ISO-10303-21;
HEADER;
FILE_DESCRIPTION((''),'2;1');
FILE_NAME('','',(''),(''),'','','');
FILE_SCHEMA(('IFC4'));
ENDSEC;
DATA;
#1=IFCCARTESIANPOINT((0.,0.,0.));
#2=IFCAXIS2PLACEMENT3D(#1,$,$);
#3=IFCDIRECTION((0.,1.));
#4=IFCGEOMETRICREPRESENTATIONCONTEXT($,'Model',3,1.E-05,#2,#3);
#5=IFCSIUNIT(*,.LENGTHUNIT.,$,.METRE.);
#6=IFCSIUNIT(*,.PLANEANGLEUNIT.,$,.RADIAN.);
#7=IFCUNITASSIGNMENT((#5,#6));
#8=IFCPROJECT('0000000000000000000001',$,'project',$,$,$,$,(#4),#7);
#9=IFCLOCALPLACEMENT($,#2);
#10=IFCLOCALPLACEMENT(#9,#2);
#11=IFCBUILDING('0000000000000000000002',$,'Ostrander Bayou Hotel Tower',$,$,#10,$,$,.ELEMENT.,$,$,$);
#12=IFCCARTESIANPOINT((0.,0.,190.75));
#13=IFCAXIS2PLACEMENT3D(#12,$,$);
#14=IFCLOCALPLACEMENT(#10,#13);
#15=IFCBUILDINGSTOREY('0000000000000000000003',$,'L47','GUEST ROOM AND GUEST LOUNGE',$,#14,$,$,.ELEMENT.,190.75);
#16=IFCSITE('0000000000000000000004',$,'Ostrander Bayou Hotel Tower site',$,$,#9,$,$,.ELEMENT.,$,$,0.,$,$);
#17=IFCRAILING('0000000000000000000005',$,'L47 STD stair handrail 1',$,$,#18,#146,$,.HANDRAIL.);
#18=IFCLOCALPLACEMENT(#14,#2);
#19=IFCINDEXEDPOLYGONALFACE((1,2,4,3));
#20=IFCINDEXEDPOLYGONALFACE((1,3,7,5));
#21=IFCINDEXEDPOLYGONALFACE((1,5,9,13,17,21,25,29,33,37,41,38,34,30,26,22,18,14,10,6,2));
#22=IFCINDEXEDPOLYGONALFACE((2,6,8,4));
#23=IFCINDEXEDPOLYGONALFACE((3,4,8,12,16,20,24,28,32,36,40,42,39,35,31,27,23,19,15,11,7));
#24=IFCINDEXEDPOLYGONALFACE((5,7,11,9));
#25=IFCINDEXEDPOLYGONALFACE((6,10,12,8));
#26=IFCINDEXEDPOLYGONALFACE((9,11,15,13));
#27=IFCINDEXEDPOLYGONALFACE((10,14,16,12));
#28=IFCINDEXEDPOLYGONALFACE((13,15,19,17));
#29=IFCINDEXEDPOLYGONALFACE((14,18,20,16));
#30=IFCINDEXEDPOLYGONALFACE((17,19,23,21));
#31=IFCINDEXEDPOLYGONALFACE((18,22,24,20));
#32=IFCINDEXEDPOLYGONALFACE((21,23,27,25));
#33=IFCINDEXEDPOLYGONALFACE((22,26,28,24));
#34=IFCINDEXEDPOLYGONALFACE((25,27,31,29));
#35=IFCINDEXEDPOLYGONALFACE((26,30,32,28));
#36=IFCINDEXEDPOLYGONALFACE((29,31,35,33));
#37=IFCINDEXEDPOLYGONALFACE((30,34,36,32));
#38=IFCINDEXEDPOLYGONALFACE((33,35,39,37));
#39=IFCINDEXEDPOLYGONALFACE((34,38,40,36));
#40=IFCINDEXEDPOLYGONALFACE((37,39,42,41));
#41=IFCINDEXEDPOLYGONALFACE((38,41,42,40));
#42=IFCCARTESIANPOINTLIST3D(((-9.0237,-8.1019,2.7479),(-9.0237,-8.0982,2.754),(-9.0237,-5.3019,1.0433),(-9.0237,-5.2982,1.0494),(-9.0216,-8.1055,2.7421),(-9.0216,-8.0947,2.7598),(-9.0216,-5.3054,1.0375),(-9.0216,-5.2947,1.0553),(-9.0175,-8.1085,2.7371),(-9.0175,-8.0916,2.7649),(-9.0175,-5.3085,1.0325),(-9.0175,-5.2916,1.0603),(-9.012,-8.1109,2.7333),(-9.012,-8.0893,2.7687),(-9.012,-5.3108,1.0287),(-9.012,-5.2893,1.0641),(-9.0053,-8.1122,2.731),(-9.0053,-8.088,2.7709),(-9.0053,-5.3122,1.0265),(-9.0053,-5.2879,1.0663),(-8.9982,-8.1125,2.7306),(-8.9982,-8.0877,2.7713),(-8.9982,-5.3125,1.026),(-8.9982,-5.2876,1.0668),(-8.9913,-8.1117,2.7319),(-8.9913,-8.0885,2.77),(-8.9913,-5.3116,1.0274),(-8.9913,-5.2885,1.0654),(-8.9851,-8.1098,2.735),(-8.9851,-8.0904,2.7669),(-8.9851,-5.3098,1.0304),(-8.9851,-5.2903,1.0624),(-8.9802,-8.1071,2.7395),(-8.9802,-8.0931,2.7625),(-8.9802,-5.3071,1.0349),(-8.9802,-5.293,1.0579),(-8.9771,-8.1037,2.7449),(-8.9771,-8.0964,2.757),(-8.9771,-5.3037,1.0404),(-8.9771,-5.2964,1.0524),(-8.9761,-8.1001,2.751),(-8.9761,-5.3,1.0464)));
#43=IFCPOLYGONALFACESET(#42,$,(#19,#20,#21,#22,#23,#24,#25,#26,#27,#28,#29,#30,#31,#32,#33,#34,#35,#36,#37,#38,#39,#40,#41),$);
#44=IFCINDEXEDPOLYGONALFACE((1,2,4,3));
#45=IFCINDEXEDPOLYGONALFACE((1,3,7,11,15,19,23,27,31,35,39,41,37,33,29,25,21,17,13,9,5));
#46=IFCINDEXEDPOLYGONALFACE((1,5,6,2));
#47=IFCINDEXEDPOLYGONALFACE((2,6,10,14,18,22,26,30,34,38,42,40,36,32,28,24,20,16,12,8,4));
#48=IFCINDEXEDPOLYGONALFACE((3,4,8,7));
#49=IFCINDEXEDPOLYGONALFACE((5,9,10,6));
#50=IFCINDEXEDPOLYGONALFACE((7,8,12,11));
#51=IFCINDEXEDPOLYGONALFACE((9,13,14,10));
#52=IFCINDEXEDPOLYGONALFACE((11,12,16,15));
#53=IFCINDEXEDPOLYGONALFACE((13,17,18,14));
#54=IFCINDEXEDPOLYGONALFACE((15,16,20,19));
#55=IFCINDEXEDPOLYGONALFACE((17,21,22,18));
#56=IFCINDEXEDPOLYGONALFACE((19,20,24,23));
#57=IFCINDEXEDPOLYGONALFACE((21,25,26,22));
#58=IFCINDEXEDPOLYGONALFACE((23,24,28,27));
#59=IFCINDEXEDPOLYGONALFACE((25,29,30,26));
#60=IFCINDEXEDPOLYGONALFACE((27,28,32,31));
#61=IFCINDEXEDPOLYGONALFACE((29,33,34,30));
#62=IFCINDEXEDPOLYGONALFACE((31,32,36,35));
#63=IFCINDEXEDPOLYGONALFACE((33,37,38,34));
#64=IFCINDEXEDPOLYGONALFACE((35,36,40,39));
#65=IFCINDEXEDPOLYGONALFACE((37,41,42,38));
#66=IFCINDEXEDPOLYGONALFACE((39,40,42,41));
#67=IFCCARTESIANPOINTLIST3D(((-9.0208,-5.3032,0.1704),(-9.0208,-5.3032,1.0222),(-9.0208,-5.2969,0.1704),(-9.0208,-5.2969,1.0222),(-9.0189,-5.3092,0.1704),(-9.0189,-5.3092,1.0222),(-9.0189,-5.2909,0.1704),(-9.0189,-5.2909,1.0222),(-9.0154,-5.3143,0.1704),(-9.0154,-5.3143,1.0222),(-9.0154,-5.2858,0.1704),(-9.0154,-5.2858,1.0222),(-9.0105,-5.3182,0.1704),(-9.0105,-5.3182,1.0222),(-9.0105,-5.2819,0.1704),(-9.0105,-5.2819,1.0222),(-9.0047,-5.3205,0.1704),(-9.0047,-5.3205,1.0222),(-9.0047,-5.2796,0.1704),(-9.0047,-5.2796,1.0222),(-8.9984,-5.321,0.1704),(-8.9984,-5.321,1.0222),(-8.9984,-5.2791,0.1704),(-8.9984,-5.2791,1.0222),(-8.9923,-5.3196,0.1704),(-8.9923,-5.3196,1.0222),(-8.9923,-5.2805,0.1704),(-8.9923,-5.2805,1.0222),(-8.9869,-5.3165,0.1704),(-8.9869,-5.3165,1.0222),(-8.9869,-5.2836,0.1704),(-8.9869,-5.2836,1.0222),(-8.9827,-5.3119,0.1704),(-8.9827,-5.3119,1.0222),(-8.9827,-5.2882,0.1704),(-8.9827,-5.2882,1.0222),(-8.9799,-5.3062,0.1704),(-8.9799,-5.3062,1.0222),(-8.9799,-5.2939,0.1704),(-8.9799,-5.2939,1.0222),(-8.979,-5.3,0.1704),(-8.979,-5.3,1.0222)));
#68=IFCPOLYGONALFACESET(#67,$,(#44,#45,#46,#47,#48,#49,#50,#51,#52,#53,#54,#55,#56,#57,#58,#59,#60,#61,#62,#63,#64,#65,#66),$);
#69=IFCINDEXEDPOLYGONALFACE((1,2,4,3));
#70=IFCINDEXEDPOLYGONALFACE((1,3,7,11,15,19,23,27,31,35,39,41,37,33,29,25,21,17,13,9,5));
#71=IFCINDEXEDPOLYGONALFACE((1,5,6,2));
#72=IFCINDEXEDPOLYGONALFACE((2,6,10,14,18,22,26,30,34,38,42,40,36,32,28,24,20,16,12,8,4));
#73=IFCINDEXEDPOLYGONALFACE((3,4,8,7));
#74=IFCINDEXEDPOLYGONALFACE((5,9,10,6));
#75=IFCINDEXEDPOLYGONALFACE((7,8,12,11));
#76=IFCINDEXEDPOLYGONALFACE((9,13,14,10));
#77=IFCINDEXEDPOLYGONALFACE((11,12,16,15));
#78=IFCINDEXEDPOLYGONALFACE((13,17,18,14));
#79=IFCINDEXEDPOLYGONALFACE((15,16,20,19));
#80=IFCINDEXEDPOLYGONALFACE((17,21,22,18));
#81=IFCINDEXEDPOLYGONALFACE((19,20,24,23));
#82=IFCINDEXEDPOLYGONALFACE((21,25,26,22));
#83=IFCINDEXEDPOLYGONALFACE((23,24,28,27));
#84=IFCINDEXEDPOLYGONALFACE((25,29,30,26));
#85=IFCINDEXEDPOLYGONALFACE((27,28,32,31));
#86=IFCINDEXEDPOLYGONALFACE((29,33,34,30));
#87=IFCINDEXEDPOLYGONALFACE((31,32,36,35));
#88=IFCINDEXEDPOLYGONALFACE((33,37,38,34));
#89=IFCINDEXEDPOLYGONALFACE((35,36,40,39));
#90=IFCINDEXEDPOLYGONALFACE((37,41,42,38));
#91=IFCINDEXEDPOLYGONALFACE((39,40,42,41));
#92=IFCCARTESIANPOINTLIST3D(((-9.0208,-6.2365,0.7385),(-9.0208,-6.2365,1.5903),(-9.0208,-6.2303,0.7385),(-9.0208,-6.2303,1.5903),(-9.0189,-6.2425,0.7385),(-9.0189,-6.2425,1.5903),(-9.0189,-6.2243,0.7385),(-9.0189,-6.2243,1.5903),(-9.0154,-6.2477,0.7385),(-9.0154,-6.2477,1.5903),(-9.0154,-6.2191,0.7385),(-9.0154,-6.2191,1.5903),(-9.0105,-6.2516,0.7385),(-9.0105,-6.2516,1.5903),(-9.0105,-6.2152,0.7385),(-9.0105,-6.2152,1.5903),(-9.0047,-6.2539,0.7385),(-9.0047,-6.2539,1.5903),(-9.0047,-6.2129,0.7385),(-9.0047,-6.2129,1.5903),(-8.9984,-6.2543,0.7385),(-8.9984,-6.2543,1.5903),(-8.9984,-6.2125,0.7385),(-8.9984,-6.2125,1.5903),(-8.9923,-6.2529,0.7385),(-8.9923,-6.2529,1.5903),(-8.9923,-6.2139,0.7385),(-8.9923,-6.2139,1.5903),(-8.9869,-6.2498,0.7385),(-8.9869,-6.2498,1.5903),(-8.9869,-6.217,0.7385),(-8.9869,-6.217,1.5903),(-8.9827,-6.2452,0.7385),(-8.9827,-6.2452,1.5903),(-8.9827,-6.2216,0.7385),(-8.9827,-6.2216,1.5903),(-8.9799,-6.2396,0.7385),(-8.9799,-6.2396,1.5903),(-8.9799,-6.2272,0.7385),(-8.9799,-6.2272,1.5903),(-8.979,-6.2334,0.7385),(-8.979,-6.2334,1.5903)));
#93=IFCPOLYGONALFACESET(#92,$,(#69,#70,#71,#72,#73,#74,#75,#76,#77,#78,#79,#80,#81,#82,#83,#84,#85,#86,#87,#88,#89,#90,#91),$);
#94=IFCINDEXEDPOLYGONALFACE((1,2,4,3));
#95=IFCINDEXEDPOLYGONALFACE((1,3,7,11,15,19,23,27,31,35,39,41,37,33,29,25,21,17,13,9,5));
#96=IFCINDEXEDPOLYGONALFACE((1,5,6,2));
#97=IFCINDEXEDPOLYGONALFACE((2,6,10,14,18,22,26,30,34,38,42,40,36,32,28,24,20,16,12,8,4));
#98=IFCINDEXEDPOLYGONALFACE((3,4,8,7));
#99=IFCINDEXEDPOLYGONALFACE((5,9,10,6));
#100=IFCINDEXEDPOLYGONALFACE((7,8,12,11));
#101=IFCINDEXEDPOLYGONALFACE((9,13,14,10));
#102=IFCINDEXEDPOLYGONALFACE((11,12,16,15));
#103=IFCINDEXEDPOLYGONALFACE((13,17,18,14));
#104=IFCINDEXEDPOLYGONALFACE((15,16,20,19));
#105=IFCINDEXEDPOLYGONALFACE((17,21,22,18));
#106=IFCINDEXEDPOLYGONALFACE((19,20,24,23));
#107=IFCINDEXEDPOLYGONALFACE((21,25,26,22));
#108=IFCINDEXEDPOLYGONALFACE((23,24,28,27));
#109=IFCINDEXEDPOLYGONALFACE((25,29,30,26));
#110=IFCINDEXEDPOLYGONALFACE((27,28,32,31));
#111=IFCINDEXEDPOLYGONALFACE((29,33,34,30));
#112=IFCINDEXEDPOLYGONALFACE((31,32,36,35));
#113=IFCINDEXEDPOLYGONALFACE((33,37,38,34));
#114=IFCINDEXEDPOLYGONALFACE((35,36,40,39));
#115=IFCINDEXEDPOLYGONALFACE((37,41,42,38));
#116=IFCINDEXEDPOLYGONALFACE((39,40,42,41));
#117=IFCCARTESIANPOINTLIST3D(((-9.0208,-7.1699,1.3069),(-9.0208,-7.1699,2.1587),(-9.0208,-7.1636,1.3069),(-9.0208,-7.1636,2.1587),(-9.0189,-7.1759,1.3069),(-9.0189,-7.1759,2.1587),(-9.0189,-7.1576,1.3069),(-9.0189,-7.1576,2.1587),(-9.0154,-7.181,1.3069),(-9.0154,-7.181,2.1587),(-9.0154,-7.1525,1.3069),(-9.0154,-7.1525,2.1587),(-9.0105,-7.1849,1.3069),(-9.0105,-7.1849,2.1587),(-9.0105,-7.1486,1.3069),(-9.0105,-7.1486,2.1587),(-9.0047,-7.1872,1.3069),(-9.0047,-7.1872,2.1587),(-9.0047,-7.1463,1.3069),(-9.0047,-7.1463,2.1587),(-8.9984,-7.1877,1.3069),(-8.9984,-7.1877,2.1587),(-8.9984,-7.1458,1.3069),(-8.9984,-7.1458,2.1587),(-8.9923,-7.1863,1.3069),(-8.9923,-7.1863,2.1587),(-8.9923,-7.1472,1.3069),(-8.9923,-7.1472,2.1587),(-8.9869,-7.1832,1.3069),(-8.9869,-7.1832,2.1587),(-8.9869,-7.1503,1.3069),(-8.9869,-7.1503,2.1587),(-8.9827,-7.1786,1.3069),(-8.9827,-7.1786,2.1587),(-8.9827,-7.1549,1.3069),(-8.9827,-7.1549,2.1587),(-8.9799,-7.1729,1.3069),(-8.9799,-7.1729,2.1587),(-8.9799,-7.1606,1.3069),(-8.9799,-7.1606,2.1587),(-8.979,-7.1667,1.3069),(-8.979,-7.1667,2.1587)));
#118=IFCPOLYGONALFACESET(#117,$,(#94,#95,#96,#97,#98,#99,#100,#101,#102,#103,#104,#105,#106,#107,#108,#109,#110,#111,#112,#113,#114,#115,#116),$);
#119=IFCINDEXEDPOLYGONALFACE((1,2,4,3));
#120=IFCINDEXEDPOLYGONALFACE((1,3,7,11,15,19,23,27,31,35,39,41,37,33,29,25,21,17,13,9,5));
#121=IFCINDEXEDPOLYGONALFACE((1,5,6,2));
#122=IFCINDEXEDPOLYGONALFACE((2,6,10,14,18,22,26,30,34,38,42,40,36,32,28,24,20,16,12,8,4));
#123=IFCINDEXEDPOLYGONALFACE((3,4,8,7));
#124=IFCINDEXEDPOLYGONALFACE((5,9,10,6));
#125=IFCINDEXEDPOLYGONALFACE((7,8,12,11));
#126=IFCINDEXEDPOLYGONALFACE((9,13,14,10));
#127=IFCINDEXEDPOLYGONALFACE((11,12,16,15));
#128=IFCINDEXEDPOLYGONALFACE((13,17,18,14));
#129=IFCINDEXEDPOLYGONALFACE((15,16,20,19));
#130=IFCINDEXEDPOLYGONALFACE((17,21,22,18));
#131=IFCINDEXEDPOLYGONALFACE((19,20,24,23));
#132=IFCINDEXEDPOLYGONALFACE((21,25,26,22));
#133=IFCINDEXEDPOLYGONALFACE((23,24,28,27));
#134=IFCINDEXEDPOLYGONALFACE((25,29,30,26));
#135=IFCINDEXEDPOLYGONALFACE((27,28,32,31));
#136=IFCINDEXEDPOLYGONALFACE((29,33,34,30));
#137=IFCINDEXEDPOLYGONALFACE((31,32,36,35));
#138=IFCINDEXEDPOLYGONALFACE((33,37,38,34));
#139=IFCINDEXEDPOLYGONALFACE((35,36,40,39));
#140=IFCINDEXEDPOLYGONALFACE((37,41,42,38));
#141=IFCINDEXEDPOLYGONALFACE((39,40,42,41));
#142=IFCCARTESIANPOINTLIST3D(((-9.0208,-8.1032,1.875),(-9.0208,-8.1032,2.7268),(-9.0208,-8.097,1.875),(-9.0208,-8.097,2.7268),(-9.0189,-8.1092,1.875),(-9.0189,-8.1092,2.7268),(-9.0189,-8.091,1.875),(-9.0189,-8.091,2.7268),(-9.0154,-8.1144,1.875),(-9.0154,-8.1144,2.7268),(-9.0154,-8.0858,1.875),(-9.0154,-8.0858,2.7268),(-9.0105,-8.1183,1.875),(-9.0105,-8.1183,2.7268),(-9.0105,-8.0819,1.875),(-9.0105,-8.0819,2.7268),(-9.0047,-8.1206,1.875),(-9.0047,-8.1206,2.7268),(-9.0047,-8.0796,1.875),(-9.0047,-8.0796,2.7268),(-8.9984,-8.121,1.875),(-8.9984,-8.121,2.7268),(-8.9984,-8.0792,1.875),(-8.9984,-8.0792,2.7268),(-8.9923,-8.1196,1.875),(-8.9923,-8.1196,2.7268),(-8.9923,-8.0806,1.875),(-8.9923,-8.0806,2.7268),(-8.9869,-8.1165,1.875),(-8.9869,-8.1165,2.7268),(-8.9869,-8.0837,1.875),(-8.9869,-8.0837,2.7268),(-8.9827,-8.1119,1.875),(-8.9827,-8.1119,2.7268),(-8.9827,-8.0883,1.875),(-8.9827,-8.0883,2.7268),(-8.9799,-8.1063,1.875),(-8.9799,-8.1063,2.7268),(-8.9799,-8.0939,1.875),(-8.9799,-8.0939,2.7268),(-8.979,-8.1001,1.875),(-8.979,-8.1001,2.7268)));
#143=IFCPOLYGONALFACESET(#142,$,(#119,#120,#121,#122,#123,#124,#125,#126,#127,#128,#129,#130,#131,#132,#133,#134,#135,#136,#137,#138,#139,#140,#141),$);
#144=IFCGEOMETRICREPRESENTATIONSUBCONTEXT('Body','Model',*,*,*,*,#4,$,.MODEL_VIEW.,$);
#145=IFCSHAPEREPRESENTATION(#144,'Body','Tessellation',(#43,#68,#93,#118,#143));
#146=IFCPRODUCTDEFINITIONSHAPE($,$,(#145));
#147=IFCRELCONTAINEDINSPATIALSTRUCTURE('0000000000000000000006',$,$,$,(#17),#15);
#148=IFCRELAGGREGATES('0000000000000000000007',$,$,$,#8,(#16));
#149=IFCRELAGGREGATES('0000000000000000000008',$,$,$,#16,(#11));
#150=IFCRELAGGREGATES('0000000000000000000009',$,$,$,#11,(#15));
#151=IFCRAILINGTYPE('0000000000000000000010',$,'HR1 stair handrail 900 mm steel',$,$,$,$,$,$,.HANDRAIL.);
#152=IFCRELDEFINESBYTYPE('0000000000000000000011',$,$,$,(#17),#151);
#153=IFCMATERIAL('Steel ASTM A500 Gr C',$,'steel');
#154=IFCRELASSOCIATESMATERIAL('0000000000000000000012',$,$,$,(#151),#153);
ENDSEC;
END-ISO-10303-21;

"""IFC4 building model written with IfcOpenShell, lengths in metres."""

from ifc_helpers import new_model, si_unit, direction, frame, origin, origin_2d, place, context, subcontext, project, spatial, circle, extrude, material, type_object, element, save


model = new_model("IFC4")

# Units and contexts
model_context = context("Model", 3, precision=1e-05, world=origin(), true_north=direction((0.0, 1.0)))
body_context = subcontext(model_context, "Body", "Model", "MODEL_VIEW")
ifc_project = project(units=[si_unit("LENGTHUNIT", "METRE"), si_unit("PLANEANGLEUNIT", "RADIAN")], contexts=[model_context])

# Site, building, storey
site_placement = place(None, origin())
site = spatial("IfcSite", under=ifc_project, at=site_placement, Name="Ostrander Bayou Hotel Tower site", CompositionType="ELEMENT", RefElevation=0.0)
building_placement = place(site_placement, origin())
building = spatial("IfcBuilding", under=site, at=building_placement, Name="Ostrander Bayou Hotel Tower", CompositionType="ELEMENT")
storey_placement = place(building_placement, frame((0.0, 0.0, 190.75)))
storey = spatial("IfcBuildingStorey", under=building, at=storey_placement, Name="L47", Description="GUEST ROOM AND GUEST LOUNGE", CompositionType="ELEMENT", Elevation=190.75)

# Railing
ifc_material_1 = material(Name="Steel ASTM A500 Gr C", Category="steel")
railing_type_1 = type_object("IfcRailingType", Name="HR1 stair handrail 900 mm steel", PredefinedType="HANDRAIL", material=ifc_material_1)
railing_1_placement = place(storey_placement, frame((-9.0, -5.3, 0.1704)))
element("IfcRailing", 1, at=railing_1_placement, inside=storey, type_object=railing_type_1, Name="L47 STD stair handrail 1", PredefinedType="HANDRAIL", context=body_context, shape_type="SweptSolid", body=[
    extrude(circle(Radius=0.0239, at=origin_2d()), frame((0.0, 0.0, 0.876), z_axis=(0.0, -0.85417, 0.519994), x_axis=(1.0, 0.0, 0.0)), (0.0, 0.0, 1.0), 3.2781),
    extrude(circle(Radius=0.021, at=origin_2d()), origin(), (0.0, 0.0, 1.0), 0.8518),
    extrude(circle(Radius=0.021, at=origin_2d()), frame((0.0, -0.9333, 0.5681)), (0.0, 0.0, 1.0), 0.8518),
    extrude(circle(Radius=0.021, at=origin_2d()), frame((0.0, -1.8667, 1.1365)), (0.0, 0.0, 1.0), 0.8518),
    extrude(circle(Radius=0.021, at=origin_2d()), frame((0.0, -2.8, 1.7046)), (0.0, 0.0, 1.0), 0.8518),
])

save(model, "model.ifc")
